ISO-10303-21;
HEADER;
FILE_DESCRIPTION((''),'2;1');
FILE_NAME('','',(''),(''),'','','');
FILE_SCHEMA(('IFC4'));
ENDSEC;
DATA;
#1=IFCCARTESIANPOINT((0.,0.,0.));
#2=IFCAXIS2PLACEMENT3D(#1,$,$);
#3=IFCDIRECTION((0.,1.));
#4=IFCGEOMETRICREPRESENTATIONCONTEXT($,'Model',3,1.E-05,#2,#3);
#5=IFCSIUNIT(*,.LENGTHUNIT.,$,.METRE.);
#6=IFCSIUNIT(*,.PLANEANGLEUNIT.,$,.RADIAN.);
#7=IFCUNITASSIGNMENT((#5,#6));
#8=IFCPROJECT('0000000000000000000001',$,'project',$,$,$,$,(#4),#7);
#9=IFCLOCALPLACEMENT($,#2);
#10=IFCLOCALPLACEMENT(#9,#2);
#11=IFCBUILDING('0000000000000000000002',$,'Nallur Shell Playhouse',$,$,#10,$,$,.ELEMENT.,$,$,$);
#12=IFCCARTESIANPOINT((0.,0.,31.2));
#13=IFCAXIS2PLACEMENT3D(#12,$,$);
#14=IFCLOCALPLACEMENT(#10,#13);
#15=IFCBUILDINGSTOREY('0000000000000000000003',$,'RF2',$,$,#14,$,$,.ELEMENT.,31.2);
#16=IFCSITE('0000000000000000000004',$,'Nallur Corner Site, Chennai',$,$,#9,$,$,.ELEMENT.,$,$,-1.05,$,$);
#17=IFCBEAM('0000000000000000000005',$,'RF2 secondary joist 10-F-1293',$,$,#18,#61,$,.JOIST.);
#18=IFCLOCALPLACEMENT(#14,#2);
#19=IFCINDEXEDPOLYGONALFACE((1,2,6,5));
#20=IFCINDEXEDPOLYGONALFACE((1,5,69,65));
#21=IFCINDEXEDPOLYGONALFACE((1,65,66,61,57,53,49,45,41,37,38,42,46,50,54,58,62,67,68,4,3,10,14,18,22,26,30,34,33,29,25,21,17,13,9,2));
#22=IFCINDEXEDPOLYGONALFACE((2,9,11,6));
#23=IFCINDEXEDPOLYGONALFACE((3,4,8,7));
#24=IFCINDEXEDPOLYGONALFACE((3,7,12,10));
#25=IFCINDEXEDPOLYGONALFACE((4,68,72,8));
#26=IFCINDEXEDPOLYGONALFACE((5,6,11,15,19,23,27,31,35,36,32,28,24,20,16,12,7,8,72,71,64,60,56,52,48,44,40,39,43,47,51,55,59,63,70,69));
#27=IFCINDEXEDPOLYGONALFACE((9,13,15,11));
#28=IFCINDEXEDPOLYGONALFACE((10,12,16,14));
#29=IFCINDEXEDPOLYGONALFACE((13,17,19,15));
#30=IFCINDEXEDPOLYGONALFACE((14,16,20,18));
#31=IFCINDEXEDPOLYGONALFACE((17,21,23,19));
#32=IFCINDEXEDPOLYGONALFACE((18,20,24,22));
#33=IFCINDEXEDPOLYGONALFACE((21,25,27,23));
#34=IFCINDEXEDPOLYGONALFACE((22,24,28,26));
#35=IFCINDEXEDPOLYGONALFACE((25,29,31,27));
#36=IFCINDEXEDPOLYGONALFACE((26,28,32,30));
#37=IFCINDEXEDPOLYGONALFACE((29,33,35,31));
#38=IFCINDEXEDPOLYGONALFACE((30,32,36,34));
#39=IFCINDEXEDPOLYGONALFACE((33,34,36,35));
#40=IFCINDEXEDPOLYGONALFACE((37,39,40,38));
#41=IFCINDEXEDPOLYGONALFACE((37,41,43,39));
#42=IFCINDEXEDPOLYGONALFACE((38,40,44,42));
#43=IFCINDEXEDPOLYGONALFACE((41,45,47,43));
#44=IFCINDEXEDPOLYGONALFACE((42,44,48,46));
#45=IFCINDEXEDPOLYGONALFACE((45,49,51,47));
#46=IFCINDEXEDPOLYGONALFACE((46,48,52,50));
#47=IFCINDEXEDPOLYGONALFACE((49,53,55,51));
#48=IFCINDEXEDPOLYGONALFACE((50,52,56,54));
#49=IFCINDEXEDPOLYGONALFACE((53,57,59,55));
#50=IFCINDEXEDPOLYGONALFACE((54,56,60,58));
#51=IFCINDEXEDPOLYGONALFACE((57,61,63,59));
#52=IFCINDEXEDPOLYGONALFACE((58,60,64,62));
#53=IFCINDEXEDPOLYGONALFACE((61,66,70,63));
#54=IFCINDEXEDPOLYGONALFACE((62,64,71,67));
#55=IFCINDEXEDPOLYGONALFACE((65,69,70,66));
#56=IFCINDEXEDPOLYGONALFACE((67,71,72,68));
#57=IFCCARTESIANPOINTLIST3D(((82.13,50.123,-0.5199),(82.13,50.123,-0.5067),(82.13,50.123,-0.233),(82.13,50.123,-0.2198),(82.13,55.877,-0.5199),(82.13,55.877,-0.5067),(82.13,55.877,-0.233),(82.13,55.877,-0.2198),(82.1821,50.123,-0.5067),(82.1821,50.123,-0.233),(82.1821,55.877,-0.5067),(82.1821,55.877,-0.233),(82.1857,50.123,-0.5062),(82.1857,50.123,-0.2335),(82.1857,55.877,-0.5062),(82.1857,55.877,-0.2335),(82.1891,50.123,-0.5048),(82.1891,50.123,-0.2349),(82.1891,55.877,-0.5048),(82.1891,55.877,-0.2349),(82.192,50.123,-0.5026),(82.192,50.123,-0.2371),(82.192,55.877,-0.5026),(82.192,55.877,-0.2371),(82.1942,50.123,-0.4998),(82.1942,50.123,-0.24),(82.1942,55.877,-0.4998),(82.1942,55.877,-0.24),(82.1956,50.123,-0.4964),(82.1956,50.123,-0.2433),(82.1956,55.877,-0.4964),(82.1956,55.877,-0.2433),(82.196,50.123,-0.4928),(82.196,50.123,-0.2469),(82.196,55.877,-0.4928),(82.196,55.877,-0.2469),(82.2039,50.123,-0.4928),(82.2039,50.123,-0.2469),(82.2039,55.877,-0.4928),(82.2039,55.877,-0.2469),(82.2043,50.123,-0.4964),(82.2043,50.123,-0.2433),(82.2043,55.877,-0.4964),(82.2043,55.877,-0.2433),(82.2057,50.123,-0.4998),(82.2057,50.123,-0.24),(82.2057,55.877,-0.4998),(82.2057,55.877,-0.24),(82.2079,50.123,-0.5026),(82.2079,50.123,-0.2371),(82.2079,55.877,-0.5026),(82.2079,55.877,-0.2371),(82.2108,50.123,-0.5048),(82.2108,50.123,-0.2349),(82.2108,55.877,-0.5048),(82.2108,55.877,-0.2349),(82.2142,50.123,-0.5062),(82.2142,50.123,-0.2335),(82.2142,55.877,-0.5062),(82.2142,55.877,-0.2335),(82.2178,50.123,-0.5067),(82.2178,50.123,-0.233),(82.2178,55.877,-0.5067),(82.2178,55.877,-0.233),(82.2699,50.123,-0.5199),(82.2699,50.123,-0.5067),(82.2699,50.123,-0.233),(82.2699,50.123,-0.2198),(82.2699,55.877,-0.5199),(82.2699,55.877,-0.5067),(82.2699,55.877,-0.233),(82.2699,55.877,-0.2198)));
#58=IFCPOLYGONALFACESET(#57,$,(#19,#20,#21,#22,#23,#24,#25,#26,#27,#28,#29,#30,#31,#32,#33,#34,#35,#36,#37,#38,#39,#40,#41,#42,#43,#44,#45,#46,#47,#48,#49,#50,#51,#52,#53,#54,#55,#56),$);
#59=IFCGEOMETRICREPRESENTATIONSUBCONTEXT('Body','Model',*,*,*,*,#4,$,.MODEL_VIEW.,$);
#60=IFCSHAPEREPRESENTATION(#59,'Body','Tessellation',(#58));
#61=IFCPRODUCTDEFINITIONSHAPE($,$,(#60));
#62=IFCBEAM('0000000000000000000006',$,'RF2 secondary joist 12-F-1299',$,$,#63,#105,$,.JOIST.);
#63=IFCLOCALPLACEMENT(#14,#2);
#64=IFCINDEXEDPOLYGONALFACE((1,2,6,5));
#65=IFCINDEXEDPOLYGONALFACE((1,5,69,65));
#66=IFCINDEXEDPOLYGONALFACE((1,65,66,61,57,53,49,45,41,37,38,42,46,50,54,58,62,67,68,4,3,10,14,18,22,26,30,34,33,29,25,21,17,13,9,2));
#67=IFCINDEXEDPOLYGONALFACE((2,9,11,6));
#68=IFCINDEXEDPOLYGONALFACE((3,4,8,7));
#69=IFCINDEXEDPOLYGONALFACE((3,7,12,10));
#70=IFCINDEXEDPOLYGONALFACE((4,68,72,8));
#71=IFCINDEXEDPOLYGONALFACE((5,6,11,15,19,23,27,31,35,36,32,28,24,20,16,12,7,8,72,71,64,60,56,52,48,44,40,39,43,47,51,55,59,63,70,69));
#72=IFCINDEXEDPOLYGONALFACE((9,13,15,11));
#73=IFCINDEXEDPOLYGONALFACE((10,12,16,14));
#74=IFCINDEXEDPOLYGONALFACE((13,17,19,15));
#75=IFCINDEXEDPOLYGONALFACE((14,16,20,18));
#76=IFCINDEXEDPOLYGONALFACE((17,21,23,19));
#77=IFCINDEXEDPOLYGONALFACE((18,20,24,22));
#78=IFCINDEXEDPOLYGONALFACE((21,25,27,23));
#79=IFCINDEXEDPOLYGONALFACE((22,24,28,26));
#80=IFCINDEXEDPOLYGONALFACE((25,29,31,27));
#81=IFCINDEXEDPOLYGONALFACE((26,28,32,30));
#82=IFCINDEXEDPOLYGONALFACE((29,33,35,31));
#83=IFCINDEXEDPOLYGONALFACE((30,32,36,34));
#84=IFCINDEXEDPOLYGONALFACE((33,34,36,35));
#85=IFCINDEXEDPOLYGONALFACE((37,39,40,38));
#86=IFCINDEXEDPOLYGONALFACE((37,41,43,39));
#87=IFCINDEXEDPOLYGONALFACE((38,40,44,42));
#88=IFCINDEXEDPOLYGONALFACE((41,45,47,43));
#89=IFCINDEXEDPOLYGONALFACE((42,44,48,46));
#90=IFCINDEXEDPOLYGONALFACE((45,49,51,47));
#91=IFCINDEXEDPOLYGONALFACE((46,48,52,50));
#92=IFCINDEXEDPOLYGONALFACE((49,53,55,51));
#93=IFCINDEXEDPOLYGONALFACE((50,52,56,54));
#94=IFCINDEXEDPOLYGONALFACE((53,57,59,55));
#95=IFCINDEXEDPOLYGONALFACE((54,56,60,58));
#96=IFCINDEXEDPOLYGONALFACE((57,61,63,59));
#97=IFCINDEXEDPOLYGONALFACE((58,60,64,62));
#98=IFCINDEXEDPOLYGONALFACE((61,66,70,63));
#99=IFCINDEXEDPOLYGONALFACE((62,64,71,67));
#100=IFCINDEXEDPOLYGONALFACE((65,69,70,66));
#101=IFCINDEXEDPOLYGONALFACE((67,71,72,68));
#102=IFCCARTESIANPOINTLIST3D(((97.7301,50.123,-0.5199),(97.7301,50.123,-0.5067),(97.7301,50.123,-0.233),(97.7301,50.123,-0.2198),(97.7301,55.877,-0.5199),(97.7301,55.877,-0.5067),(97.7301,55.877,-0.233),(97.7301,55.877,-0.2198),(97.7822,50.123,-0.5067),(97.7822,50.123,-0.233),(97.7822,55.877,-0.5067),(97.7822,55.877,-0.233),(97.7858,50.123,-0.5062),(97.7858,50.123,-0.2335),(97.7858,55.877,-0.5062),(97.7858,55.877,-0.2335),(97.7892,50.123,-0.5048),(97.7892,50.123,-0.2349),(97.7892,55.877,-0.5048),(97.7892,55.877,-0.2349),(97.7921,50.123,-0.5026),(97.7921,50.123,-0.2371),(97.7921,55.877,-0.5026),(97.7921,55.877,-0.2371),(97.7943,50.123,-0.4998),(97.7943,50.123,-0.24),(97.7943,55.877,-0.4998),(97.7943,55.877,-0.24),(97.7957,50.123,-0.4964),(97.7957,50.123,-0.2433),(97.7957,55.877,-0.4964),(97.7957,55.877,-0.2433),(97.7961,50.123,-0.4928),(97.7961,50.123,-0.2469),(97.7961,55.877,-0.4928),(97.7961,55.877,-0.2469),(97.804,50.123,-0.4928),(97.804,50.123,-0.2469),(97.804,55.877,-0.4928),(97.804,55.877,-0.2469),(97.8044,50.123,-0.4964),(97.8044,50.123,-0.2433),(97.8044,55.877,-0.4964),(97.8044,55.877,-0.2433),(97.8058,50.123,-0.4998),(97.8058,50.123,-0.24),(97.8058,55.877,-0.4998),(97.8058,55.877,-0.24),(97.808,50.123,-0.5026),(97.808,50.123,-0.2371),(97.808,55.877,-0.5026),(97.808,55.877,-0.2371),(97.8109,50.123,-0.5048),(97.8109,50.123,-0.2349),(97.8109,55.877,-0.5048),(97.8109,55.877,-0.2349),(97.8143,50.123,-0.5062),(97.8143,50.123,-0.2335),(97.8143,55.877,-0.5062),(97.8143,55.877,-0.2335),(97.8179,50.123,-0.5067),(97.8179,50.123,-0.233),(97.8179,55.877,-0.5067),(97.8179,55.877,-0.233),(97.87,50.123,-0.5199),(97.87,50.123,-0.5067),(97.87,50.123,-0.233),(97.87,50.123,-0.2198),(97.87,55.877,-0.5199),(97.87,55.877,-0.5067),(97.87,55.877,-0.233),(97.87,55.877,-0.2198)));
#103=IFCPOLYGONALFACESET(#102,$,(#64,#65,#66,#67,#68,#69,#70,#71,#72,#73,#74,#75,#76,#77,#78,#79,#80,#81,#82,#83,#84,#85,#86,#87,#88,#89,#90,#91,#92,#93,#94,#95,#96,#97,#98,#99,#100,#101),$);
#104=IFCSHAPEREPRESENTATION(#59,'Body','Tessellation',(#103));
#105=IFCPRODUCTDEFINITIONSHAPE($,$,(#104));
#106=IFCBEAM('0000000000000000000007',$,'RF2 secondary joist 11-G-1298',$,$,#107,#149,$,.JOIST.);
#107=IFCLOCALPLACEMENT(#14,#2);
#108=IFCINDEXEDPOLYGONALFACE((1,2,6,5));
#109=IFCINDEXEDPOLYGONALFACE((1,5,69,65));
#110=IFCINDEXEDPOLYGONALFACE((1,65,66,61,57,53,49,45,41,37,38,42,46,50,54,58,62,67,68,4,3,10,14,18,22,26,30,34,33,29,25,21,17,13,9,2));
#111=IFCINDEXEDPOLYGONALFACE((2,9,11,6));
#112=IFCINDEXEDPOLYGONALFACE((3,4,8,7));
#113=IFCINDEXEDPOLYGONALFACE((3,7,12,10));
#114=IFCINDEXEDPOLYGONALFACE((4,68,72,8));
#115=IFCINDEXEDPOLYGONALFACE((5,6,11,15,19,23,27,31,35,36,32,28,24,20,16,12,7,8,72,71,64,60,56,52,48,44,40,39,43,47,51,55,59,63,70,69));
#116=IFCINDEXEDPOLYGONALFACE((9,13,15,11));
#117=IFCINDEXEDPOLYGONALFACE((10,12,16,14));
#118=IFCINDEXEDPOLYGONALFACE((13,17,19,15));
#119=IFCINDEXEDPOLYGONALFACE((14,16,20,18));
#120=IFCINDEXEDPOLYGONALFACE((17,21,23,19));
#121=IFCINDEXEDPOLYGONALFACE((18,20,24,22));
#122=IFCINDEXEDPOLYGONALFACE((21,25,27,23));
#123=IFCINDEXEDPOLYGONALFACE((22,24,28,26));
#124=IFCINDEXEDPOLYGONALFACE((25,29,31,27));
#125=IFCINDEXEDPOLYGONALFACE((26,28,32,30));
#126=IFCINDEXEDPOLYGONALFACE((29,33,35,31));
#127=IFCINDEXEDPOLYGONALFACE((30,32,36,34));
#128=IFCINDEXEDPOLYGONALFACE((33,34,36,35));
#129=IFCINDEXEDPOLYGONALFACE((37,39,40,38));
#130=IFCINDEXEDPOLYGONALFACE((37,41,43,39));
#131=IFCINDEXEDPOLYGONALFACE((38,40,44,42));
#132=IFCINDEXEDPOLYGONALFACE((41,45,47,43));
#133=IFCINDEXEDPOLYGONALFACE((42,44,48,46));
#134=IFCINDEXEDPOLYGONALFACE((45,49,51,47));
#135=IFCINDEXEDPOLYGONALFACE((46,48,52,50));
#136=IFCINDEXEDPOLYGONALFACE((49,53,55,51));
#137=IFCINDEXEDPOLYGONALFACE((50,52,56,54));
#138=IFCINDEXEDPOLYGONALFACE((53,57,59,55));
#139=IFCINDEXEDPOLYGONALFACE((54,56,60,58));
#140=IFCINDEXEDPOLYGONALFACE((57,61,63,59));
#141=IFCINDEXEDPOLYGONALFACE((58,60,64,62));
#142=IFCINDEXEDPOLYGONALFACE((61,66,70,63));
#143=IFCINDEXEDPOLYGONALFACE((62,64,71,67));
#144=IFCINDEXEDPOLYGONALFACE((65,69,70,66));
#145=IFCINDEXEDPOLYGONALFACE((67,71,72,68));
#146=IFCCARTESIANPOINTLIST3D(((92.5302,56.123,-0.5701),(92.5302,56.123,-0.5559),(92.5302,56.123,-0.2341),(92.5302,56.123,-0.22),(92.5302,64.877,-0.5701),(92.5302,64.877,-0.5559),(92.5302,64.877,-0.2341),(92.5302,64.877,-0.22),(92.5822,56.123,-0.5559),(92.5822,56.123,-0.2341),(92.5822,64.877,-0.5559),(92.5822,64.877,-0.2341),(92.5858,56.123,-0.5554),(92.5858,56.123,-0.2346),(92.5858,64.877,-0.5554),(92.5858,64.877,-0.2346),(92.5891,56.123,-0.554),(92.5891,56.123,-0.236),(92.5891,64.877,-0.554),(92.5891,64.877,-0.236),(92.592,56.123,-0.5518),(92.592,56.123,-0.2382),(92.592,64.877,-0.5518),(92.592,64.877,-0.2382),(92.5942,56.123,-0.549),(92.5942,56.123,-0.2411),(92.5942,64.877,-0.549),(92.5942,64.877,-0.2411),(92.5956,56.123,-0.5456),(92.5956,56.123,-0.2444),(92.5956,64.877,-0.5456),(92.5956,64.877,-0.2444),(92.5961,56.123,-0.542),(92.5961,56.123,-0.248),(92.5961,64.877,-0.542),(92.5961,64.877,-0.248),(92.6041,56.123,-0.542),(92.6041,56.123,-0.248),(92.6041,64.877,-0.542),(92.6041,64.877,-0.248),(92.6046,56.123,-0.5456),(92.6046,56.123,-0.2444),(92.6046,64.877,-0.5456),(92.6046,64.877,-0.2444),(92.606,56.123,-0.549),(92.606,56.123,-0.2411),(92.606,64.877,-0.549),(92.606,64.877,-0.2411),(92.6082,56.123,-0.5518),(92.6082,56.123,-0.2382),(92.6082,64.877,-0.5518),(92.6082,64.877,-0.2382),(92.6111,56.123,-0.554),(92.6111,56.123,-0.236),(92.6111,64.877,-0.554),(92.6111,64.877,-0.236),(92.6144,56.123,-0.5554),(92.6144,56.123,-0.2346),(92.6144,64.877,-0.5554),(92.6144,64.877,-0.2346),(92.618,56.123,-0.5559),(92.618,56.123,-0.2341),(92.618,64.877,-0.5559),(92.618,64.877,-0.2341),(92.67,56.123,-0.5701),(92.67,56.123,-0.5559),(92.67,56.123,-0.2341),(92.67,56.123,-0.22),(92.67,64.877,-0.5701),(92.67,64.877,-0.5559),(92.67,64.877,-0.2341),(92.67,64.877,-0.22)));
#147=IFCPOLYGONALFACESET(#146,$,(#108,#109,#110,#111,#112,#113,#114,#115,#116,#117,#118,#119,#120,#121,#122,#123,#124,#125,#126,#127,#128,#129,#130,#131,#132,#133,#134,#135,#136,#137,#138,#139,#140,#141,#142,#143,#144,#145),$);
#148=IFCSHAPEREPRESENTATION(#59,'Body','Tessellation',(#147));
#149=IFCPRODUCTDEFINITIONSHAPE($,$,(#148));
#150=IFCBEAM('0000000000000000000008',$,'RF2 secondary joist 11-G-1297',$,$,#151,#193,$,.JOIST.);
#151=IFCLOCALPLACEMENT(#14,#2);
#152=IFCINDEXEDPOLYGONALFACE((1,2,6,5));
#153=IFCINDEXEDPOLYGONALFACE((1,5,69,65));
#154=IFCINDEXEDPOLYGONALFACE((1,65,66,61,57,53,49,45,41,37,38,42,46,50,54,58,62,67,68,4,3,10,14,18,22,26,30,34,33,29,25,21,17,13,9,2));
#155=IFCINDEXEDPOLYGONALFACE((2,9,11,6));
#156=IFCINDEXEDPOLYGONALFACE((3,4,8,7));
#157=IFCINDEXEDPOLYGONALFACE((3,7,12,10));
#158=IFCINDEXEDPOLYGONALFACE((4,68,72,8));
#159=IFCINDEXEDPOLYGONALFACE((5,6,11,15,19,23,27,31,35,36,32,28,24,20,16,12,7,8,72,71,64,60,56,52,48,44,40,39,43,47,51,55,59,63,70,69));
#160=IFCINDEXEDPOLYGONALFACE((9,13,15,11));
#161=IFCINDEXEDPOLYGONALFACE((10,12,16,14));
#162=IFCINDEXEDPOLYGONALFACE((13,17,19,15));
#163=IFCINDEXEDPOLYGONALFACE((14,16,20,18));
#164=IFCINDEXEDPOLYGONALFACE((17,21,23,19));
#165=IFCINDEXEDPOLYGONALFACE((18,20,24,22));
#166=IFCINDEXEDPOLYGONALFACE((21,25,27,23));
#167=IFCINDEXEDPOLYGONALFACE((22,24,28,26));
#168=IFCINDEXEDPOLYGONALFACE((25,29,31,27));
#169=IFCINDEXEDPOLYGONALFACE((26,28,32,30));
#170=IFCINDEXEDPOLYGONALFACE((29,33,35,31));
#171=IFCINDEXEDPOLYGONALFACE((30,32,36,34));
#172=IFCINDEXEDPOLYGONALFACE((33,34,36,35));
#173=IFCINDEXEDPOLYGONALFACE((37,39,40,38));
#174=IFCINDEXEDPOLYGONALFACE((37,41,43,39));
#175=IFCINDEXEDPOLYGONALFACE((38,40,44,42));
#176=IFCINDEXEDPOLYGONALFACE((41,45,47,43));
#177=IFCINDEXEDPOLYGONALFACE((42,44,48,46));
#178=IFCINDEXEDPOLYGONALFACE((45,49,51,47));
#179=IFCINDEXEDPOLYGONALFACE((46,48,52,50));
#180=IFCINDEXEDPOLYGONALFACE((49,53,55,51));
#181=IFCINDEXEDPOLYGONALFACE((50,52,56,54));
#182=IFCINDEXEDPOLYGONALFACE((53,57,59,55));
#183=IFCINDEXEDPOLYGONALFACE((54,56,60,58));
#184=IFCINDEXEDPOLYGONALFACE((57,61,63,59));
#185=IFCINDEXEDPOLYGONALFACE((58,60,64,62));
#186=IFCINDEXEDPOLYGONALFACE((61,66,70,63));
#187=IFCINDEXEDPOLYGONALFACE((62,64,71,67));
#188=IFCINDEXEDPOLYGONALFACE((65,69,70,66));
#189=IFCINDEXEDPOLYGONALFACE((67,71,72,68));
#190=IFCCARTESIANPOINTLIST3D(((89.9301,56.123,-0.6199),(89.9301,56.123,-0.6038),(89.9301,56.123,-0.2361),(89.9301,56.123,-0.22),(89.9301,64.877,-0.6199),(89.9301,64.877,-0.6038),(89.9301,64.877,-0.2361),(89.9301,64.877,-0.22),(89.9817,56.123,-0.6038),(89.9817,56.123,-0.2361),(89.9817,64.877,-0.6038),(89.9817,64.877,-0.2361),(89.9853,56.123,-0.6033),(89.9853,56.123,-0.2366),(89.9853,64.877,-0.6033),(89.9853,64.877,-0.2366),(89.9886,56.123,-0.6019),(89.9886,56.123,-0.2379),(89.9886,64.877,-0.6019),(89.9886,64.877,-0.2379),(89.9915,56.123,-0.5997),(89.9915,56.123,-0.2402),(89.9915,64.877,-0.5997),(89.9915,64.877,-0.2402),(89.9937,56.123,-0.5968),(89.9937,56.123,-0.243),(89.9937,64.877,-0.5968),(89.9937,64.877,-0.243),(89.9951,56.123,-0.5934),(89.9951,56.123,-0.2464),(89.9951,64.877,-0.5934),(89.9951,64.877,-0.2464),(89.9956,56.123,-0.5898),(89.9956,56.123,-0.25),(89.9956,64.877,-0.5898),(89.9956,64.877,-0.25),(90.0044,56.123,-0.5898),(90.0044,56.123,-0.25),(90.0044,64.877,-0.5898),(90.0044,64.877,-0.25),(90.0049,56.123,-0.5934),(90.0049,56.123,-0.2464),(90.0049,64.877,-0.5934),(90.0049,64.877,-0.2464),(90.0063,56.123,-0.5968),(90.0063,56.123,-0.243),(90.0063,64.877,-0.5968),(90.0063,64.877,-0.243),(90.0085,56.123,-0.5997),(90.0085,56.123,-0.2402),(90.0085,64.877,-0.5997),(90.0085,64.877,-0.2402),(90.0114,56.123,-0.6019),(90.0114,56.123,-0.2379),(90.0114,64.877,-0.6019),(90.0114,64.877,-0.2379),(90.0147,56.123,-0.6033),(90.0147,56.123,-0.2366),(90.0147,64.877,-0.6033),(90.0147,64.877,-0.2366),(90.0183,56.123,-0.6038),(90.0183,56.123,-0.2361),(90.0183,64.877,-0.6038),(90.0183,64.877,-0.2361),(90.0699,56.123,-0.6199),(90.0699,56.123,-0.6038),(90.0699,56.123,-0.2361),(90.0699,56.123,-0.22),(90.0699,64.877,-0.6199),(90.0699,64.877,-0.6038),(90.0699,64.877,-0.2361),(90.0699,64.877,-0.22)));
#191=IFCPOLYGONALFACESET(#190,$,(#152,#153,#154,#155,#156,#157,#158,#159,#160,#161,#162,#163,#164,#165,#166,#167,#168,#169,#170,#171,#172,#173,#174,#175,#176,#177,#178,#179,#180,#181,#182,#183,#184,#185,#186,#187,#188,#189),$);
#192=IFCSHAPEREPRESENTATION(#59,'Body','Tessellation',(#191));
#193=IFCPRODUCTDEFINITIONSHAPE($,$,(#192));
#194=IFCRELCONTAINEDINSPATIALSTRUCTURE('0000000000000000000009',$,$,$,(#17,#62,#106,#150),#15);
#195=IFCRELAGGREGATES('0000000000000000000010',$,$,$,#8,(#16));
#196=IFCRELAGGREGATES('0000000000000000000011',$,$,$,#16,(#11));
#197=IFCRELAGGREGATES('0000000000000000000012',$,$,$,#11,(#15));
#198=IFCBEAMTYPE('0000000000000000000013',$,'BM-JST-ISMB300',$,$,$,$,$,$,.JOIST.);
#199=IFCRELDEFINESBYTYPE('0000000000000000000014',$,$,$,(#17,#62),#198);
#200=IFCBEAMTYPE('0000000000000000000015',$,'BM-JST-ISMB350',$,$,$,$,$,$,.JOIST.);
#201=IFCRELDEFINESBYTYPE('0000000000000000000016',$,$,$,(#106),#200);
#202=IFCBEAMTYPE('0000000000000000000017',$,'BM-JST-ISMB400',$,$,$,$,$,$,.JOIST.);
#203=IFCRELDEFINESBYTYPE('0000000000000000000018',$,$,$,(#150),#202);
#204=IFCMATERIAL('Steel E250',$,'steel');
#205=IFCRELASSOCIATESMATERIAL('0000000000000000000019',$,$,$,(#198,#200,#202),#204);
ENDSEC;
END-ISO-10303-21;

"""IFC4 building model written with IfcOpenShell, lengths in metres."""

from ifc_helpers import new_model, si_unit, direction, frame, origin, origin_2d, place, context, subcontext, project, spatial, i_section, extrude, material, material_profile, profile_set, type_object, element, save


model = new_model("IFC4")

# Units and contexts
model_context = context("Model", 3, precision=1e-05, world=origin(), true_north=direction((0.0, 1.0)))
body_context = subcontext(model_context, "Body", "Model", "MODEL_VIEW")
ifc_project = project(units=[si_unit("LENGTHUNIT", "METRE"), si_unit("PLANEANGLEUNIT", "RADIAN")], contexts=[model_context])

# Site, building, storey
site_placement = place(None, origin())
site = spatial("IfcSite", under=ifc_project, at=site_placement, Name="Nallur Corner Site, Chennai", CompositionType="ELEMENT", RefElevation=-1.05)
building_placement = place(site_placement, origin())
building = spatial("IfcBuilding", under=site, at=building_placement, Name="Nallur Shell Playhouse", CompositionType="ELEMENT")
storey_placement = place(building_placement, frame((0.0, 0.0, 31.2)))
storey = spatial("IfcBuildingStorey", under=building, at=storey_placement, Name="RF2", CompositionType="ELEMENT", Elevation=31.2)

# Beams
ifc_material_1 = material(Name="Steel E250", Category="steel")
ifc_material_profile_1 = material_profile(ifc_material_1, i_section(OverallWidth=0.1399, OverallDepth=0.3, WebThickness=0.0078, FlangeThickness=0.0132, FilletRadius=0.0139, at=origin_2d()), Name="ISMB 300")
ifc_profile_set_1 = profile_set([ifc_material_profile_1], Name="Steel E250")
beam_type_1 = type_object("IfcBeamType", Name="BM-JST-ISMB300", PredefinedType="JOIST", material=ifc_profile_set_1)
for number, where, z_axis, x_axis, name in (
    (1, (82.2, 50.123, -0.3699), (0.0, 1.0, 0.0), (-1.0, 0.0, 0.0), "RF2 secondary joist 10-F-1293"),
    (2, (97.8, 50.123, -0.3699), (0.0, 1.0, 0.0), (-1.0, 0.0, 0.0), "RF2 secondary joist 12-F-1299"),
):
    element("IfcBeam", number, at=place(storey_placement, frame(where, z_axis=z_axis, x_axis=x_axis)), inside=storey, type_object=beam_type_1, Name=name, PredefinedType="JOIST", context=body_context, shape_type="SweptSolid", body=[
        extrude(i_section(OverallWidth=0.1399, OverallDepth=0.3, WebThickness=0.0078, FlangeThickness=0.0132, FilletRadius=0.0139, at=origin_2d()), origin(), (0.0, 0.0, 1.0), 5.7539),
    ])
ifc_material_profile_2 = material_profile(ifc_material_1, i_section(OverallWidth=0.1399, OverallDepth=0.3501, WebThickness=0.0081, FlangeThickness=0.0142, FilletRadius=0.0139, at=origin_2d()), Name="ISMB 350")
ifc_profile_set_2 = profile_set([ifc_material_profile_2], Name="Steel E250")
beam_type_2 = type_object("IfcBeamType", Name="BM-JST-ISMB350", PredefinedType="JOIST", material=ifc_profile_set_2)
beam_1_placement = place(storey_placement, frame((92.6001, 56.123, -0.395), z_axis=(0.0, 1.0, 0.0), x_axis=(-1.0, 0.0, 0.0)))
element("IfcBeam", 3, at=beam_1_placement, inside=storey, type_object=beam_type_2, Name="RF2 secondary joist 11-G-1298", PredefinedType="JOIST", context=body_context, shape_type="SweptSolid", body=[
    extrude(i_section(OverallWidth=0.1399, OverallDepth=0.3501, WebThickness=0.0081, FlangeThickness=0.0142, FilletRadius=0.0139, at=origin_2d()), origin(), (0.0, 0.0, 1.0), 8.7539),
])
ifc_material_profile_3 = material_profile(ifc_material_1, i_section(OverallWidth=0.1399, OverallDepth=0.3999, WebThickness=0.0088, FlangeThickness=0.0161, FilletRadius=0.0139, at=origin_2d()), Name="ISMB 400")
ifc_profile_set_3 = profile_set([ifc_material_profile_3], Name="Steel E250")
beam_type_3 = type_object("IfcBeamType", Name="BM-JST-ISMB400", PredefinedType="JOIST", material=ifc_profile_set_3)
beam_2_placement = place(storey_placement, frame((90.0, 56.123, -0.4199), z_axis=(0.0, 1.0, 0.0), x_axis=(-1.0, 0.0, 0.0)))
element("IfcBeam", 4, at=beam_2_placement, inside=storey, type_object=beam_type_3, Name="RF2 secondary joist 11-G-1297", PredefinedType="JOIST", context=body_context, shape_type="SweptSolid", body=[
    extrude(i_section(OverallWidth=0.1399, OverallDepth=0.3999, WebThickness=0.0088, FlangeThickness=0.0161, FilletRadius=0.0139, at=origin_2d()), origin(), (0.0, 0.0, 1.0), 8.7539),
])

save(model, "model.ifc")
